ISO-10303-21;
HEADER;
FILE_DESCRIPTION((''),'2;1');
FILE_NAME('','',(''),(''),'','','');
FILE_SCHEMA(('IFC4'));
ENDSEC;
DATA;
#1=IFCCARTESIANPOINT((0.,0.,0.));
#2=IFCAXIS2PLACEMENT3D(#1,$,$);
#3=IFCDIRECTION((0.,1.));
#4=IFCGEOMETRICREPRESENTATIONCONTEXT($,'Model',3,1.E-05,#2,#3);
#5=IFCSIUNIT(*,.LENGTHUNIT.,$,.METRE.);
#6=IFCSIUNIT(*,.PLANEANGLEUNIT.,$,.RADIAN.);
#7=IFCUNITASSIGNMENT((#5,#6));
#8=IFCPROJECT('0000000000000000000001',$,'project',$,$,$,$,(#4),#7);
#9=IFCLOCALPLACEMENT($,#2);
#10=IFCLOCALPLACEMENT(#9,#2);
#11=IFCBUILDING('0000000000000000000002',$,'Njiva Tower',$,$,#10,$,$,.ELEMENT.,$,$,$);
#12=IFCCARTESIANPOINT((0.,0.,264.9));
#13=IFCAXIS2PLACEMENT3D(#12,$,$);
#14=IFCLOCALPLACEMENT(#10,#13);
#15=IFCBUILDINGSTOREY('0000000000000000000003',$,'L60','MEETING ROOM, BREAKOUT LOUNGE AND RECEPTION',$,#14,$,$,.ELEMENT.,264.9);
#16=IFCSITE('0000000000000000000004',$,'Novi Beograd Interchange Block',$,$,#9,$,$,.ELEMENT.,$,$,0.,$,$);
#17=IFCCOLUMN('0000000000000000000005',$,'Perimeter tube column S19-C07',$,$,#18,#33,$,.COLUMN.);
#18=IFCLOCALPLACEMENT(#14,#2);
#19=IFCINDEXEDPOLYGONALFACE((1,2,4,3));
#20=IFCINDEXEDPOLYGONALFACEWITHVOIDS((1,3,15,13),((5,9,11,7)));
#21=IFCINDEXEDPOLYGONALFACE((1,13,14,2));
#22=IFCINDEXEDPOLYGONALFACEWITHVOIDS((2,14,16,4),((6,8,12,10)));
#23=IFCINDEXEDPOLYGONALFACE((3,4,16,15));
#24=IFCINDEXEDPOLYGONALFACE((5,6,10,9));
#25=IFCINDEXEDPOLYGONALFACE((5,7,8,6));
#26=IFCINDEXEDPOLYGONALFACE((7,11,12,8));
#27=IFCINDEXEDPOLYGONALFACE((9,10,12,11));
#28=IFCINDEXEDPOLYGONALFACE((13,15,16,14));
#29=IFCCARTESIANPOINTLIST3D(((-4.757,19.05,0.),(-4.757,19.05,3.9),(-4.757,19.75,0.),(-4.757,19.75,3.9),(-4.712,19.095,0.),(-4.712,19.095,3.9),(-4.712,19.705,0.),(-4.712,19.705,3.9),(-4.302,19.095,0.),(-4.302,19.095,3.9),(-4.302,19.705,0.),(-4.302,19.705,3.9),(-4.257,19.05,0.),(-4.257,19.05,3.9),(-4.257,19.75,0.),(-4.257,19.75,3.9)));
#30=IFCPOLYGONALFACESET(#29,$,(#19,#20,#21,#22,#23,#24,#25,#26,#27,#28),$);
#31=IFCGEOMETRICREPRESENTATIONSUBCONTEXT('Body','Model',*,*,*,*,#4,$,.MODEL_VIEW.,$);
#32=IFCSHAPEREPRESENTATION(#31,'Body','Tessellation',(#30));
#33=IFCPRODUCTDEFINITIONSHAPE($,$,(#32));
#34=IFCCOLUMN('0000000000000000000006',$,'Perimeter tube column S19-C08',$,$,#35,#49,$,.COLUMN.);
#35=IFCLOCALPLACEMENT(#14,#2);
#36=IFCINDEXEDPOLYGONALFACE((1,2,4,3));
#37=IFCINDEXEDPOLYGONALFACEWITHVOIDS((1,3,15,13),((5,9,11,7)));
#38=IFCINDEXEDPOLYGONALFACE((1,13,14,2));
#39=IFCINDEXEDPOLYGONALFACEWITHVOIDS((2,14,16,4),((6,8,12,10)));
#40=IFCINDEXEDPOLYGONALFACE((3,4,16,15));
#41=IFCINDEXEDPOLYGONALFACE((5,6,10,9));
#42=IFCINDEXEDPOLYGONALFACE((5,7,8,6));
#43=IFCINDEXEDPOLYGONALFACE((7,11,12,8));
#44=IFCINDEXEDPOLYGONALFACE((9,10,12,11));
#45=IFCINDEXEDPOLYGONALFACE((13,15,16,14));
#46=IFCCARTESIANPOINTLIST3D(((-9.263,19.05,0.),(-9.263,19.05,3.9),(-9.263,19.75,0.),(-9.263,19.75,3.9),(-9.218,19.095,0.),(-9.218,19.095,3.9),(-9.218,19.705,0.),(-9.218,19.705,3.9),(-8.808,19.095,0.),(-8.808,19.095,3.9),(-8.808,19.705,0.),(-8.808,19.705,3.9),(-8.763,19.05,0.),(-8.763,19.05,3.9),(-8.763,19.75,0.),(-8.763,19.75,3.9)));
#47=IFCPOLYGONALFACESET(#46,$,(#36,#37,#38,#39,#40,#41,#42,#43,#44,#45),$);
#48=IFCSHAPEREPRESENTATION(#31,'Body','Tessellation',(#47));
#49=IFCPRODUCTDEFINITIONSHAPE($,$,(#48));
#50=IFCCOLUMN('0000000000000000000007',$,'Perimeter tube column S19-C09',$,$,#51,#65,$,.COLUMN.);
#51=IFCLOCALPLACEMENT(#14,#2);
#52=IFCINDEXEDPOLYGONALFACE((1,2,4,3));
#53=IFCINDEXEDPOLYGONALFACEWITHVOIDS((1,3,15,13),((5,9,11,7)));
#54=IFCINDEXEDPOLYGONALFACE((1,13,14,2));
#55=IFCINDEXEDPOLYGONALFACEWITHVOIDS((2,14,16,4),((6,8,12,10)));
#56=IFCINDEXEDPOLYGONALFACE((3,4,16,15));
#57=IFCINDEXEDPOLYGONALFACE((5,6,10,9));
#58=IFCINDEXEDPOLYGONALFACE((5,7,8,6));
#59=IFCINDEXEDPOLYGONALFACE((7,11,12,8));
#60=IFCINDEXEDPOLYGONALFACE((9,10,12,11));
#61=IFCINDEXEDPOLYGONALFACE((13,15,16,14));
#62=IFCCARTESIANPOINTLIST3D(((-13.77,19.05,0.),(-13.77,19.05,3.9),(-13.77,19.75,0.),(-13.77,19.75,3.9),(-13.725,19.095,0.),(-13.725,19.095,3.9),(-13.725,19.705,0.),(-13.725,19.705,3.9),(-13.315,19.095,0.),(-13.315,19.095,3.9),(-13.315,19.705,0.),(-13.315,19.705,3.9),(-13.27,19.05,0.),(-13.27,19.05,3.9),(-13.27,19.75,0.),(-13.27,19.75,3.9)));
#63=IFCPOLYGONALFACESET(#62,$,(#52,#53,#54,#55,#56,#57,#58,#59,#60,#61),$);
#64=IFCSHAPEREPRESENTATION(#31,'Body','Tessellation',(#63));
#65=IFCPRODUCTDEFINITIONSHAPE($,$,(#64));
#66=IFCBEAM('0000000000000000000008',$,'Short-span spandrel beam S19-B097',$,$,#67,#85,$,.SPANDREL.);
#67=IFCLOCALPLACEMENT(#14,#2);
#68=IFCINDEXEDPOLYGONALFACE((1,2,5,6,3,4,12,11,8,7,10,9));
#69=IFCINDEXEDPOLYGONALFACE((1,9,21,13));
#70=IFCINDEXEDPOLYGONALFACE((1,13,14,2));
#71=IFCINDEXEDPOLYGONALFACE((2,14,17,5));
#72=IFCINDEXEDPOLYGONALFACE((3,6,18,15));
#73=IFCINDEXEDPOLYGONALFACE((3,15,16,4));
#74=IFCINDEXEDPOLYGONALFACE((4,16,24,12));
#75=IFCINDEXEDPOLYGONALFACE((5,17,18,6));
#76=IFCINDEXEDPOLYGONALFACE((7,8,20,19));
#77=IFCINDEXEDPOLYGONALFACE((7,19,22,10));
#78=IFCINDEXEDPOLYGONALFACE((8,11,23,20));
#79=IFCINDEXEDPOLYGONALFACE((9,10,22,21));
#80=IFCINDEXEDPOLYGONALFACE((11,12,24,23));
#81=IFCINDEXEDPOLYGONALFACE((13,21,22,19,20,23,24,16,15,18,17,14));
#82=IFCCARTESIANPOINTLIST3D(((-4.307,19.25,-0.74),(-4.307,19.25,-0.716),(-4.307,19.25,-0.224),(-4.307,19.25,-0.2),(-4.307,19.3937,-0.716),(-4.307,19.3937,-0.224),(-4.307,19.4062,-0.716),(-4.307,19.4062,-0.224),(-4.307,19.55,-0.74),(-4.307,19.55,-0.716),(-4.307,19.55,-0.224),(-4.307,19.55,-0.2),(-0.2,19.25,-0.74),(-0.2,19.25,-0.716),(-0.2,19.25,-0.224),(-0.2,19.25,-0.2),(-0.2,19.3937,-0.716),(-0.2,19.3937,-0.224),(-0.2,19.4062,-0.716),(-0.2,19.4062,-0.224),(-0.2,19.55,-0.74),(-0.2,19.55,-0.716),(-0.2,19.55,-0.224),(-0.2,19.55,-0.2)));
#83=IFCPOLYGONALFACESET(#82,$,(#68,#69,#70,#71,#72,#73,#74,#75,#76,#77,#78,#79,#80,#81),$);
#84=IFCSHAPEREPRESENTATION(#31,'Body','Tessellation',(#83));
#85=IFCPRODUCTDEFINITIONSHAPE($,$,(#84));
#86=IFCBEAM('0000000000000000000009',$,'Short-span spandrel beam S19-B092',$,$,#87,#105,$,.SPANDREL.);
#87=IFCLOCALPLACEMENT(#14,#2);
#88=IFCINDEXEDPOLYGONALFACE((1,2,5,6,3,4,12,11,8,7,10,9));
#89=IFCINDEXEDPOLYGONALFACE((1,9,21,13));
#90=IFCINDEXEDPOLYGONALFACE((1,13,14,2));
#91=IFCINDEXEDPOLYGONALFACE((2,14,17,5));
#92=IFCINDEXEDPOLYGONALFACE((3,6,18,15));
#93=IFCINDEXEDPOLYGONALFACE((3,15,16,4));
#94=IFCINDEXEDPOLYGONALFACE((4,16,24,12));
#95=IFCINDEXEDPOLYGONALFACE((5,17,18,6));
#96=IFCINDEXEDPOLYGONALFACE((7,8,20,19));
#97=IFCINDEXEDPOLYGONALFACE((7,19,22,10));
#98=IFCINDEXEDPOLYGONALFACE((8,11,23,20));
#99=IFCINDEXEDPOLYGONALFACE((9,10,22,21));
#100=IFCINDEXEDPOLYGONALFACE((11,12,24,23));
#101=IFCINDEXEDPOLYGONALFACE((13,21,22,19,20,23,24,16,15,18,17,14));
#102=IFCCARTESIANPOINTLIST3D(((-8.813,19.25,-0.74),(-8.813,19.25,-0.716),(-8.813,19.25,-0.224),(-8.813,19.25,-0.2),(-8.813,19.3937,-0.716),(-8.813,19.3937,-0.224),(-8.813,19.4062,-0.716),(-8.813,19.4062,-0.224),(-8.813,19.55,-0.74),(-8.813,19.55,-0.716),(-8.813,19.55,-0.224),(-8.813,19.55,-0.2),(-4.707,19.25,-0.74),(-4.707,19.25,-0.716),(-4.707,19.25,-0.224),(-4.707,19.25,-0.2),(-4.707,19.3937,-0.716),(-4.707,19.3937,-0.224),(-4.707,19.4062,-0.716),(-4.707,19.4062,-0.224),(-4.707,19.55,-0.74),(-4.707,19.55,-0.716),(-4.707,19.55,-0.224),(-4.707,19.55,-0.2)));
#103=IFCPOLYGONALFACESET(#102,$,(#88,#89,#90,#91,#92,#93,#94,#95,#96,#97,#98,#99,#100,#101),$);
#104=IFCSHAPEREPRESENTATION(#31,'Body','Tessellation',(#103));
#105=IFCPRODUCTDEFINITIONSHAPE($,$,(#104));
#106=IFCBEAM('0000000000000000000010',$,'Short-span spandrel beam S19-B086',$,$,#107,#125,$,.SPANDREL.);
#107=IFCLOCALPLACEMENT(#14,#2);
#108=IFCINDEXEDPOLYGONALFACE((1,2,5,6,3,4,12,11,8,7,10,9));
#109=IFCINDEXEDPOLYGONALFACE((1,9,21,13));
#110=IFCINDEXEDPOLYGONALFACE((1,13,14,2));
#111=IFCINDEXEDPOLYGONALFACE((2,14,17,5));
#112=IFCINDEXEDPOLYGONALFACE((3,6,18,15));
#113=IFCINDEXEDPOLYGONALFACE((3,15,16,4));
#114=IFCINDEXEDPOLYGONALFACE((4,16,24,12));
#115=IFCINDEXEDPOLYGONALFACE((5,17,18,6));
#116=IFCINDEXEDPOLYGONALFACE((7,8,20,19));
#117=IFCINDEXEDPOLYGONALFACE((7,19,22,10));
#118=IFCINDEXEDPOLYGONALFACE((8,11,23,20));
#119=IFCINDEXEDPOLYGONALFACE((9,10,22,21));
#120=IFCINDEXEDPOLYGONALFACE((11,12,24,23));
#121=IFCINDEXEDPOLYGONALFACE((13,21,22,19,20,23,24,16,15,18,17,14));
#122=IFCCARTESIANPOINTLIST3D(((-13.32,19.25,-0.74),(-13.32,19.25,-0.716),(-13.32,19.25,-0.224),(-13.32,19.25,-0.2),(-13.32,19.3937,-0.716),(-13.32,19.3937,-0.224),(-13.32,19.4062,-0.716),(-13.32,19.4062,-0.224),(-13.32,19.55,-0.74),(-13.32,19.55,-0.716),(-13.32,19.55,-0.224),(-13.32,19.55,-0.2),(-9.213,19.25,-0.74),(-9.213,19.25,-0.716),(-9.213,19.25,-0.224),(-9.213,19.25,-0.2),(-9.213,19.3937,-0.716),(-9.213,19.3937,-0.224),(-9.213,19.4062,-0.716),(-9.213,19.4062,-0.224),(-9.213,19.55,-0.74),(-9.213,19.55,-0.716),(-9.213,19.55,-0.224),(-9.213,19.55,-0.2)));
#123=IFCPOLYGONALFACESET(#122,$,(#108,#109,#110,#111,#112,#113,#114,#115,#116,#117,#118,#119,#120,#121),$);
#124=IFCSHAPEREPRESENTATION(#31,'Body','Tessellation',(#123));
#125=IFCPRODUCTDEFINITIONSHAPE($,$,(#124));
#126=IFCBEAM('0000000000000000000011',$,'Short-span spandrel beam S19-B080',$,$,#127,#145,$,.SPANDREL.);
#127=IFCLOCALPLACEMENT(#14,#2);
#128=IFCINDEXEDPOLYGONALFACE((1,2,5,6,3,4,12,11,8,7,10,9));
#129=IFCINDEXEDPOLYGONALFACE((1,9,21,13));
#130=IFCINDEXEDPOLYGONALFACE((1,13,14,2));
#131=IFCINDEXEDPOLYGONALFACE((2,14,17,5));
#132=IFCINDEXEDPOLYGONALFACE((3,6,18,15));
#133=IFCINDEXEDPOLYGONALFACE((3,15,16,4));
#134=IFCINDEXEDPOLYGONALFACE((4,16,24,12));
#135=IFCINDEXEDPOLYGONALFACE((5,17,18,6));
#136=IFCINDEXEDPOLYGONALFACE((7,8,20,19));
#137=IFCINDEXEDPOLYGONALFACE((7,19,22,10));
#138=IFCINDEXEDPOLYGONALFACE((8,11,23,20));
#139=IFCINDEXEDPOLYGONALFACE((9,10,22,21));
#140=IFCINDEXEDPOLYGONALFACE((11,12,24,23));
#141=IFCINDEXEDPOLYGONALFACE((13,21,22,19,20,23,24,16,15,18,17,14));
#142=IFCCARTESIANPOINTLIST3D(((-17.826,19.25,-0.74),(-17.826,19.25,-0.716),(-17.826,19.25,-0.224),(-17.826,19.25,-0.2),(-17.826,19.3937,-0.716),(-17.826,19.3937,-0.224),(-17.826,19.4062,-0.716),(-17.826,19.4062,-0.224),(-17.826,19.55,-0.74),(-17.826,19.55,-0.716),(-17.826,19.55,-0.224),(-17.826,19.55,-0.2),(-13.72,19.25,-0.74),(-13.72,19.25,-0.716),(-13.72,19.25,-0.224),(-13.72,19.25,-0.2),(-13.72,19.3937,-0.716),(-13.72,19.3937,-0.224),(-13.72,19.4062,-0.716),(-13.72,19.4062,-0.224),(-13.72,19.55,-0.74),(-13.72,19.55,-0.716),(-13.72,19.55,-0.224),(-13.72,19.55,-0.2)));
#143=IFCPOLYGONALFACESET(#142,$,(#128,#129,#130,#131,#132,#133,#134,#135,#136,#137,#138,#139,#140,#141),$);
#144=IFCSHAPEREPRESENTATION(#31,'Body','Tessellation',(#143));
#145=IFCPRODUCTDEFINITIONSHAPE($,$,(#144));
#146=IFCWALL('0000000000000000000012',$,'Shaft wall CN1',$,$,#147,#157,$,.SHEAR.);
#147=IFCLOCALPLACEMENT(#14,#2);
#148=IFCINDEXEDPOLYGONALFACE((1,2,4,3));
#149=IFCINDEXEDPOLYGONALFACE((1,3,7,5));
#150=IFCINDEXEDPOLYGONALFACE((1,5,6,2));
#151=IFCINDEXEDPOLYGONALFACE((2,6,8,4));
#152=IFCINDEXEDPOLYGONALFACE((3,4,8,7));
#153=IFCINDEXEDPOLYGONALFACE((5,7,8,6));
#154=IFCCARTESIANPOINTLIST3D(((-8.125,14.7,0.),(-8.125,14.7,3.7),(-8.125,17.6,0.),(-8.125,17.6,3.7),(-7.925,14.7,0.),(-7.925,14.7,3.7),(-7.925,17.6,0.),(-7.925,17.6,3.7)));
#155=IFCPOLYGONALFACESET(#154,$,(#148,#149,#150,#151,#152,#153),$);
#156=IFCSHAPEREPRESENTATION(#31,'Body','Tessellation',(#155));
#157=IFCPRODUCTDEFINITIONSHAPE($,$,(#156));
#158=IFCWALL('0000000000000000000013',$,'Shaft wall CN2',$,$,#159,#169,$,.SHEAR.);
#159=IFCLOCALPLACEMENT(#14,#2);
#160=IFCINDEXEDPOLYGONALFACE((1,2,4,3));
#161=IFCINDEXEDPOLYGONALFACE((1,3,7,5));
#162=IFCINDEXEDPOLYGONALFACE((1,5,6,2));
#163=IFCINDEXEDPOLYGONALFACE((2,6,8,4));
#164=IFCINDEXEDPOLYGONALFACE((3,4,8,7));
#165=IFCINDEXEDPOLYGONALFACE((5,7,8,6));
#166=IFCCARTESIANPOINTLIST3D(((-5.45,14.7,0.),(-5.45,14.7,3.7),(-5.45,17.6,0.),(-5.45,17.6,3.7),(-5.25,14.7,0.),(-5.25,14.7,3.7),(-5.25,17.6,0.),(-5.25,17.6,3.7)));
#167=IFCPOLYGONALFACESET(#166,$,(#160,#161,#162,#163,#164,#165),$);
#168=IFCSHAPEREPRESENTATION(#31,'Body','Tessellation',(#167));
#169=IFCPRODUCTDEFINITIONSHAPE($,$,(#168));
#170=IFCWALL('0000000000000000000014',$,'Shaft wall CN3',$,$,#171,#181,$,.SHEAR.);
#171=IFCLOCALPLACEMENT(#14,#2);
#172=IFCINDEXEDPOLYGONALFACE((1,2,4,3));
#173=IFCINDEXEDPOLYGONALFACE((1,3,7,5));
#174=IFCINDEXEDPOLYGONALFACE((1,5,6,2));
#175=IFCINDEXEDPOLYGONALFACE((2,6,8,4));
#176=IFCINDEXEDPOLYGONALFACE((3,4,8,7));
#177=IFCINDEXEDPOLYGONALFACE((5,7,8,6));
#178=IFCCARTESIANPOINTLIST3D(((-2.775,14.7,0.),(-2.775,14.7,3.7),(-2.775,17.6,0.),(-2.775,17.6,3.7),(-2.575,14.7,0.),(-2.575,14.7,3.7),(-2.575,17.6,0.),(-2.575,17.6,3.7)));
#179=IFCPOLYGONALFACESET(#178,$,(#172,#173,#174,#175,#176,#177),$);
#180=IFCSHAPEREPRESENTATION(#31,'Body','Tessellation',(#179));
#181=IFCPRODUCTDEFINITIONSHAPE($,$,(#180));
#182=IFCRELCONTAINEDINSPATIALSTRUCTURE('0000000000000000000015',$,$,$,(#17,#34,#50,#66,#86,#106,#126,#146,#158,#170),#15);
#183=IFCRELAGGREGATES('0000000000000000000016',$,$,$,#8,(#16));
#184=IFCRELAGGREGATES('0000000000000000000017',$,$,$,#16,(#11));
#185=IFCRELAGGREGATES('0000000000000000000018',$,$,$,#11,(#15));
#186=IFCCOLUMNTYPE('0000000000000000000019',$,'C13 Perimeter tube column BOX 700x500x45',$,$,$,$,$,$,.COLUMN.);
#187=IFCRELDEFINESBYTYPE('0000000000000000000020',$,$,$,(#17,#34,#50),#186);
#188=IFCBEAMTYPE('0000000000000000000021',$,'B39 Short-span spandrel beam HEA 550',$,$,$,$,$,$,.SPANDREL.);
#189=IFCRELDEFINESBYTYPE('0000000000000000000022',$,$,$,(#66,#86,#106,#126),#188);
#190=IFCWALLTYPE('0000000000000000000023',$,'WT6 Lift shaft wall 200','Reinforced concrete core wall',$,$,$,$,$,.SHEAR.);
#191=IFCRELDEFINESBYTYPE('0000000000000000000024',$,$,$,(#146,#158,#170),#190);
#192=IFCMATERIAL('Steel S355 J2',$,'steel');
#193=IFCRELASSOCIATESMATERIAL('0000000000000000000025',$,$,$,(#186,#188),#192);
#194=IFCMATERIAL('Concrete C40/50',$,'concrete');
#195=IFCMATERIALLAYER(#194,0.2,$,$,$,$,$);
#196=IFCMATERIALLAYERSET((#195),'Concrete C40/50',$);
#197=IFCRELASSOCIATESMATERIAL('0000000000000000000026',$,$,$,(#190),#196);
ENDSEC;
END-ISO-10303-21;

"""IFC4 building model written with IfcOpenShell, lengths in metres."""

from ifc_helpers import new_model, si_unit, direction, frame, frame_2d, origin, origin_2d, place, context, subcontext, project, spatial, rectangle, hollow_rectangle, i_section, extrude, material, layer, layer_set, material_profile, profile_set, type_object, element, save


model = new_model("IFC4")

# Units and contexts
model_context = context("Model", 3, precision=1e-05, world=origin(), true_north=direction((0.0, 1.0)))
body_context = subcontext(model_context, "Body", "Model", "MODEL_VIEW")
ifc_project = project(units=[si_unit("LENGTHUNIT", "METRE"), si_unit("PLANEANGLEUNIT", "RADIAN")], contexts=[model_context])

# Site, building, storey
site_placement = place(None, origin())
site = spatial("IfcSite", under=ifc_project, at=site_placement, Name="Novi Beograd Interchange Block", CompositionType="ELEMENT", RefElevation=0.0)
building_placement = place(site_placement, origin())
building = spatial("IfcBuilding", under=site, at=building_placement, Name="Njiva Tower", CompositionType="ELEMENT")
storey_placement = place(building_placement, frame((0.0, 0.0, 264.9)))
storey = spatial("IfcBuildingStorey", under=building, at=storey_placement, Name="L60", Description="MEETING ROOM, BREAKOUT LOUNGE AND RECEPTION", CompositionType="ELEMENT", Elevation=264.9)

# Columns
ifc_material_1 = material(Name="Steel S355 J2", Category="steel")
ifc_material_profile_1 = material_profile(ifc_material_1, hollow_rectangle(XDim=0.5, YDim=0.7, WallThickness=0.045, at=origin_2d()), Name="BOX 700x500x45")
ifc_profile_set_1 = profile_set([ifc_material_profile_1], Name="Steel S355 J2")
column_type = type_object("IfcColumnType", Name="C13 Perimeter tube column BOX 700x500x45", PredefinedType="COLUMN", material=ifc_profile_set_1)
for number, where, z_axis, x_axis, name in (
    (1, (-4.507, 19.4, 0.0), (0.0, 0.0, 1.0), (-1.0, 0.0, 0.0), "Perimeter tube column S19-C07"),
    (2, (-9.013, 19.4, 0.0), (0.0, 0.0, 1.0), (-1.0, 0.0, 0.0), "Perimeter tube column S19-C08"),
    (3, (-13.52, 19.4, 0.0), (0.0, 0.0, 1.0), (-1.0, 0.0, 0.0), "Perimeter tube column S19-C09"),
):
    element("IfcColumn", number, at=place(storey_placement, frame(where, z_axis=z_axis, x_axis=x_axis)), inside=storey, type_object=column_type, Name=name, PredefinedType="COLUMN", context=body_context, shape_type="SweptSolid", body=[
        extrude(hollow_rectangle(XDim=0.5, YDim=0.7, WallThickness=0.045, at=origin_2d()), origin(), (0.0, 0.0, 1.0), 3.9),
    ])

# Beams
ifc_material_profile_2 = material_profile(ifc_material_1, i_section(OverallWidth=0.3, OverallDepth=0.54, WebThickness=0.0125, FlangeThickness=0.024, at=origin_2d()), Name="HEA 550")
ifc_profile_set_2 = profile_set([ifc_material_profile_2], Name="Steel S355 J2")
beam_type = type_object("IfcBeamType", Name="B39 Short-span spandrel beam HEA 550", PredefinedType="SPANDREL", material=ifc_profile_set_2)
beam_1_placement = place(storey_placement, frame((-0.2, 19.4, -0.47), z_axis=(-1.0, 0.0, 0.0), x_axis=(0.0, -1.0, 0.0)))
element("IfcBeam", 4, at=beam_1_placement, inside=storey, type_object=beam_type, Name="Short-span spandrel beam S19-B097", PredefinedType="SPANDREL", context=body_context, shape_type="SweptSolid", body=[
    extrude(i_section(OverallWidth=0.3, OverallDepth=0.54, WebThickness=0.0125, FlangeThickness=0.024, at=origin_2d()), origin(), (0.0, 0.0, 1.0), 4.107),
])
beam_2_placement = place(storey_placement, frame((-4.707, 19.4, -0.47), z_axis=(-1.0, 0.0, 0.0), x_axis=(0.0, -1.0, 0.0)))
element("IfcBeam", 5, at=beam_2_placement, inside=storey, type_object=beam_type, Name="Short-span spandrel beam S19-B092", PredefinedType="SPANDREL", context=body_context, shape_type="SweptSolid", body=[
    extrude(i_section(OverallWidth=0.3, OverallDepth=0.54, WebThickness=0.0125, FlangeThickness=0.024, at=origin_2d()), origin(), (0.0, 0.0, 1.0), 4.106),
])
beam_3_placement = place(storey_placement, frame((-9.213, 19.4, -0.47), z_axis=(-1.0, 0.0, 0.0), x_axis=(0.0, -1.0, 0.0)))
element("IfcBeam", 6, at=beam_3_placement, inside=storey, type_object=beam_type, Name="Short-span spandrel beam S19-B086", PredefinedType="SPANDREL", context=body_context, shape_type="SweptSolid", body=[
    extrude(i_section(OverallWidth=0.3, OverallDepth=0.54, WebThickness=0.0125, FlangeThickness=0.024, at=origin_2d()), origin(), (0.0, 0.0, 1.0), 4.107),
])
beam_4_placement = place(storey_placement, frame((-13.72, 19.4, -0.47), z_axis=(-1.0, 0.0, 0.0), x_axis=(0.0, -1.0, 0.0)))
element("IfcBeam", 7, at=beam_4_placement, inside=storey, type_object=beam_type, Name="Short-span spandrel beam S19-B080", PredefinedType="SPANDREL", context=body_context, shape_type="SweptSolid", body=[
    extrude(i_section(OverallWidth=0.3, OverallDepth=0.54, WebThickness=0.0125, FlangeThickness=0.024, at=origin_2d()), origin(), (0.0, 0.0, 1.0), 4.106),
])

# Walls
ifc_material_2 = material(Name="Concrete C40/50", Category="concrete")
ifc_layer_1 = layer(ifc_material_2, 0.2)
ifc_layer_set_1 = layer_set([ifc_layer_1], Name="Concrete C40/50")
wall_type_1 = type_object("IfcWallType", Name="WT6 Lift shaft wall 200", Description="Reinforced concrete core wall", PredefinedType="SHEAR", material=ifc_layer_set_1)
for number, where, z_axis, x_axis, name in (
    (8, (-8.025, 14.7, 0.0), (0.0, 0.0, 1.0), (0.0, 1.0, 0.0), "Shaft wall CN1"),
    (9, (-5.35, 14.7, 0.0), (0.0, 0.0, 1.0), (0.0, 1.0, 0.0), "Shaft wall CN2"),
    (10, (-2.675, 14.7, 0.0), (0.0, 0.0, 1.0), (0.0, 1.0, 0.0), "Shaft wall CN3"),
):
    element("IfcWall", number, at=place(storey_placement, frame(where, z_axis=z_axis, x_axis=x_axis)), inside=storey, type_object=wall_type_1, Name=name, PredefinedType="SHEAR", context=body_context, shape_type="SweptSolid", body=[
        extrude(rectangle(XDim=2.9, YDim=0.2, at=frame_2d((1.45, 0.0))), origin(), (0.0, 0.0, 1.0), 3.7),
    ])

save(model, "model.ifc")
